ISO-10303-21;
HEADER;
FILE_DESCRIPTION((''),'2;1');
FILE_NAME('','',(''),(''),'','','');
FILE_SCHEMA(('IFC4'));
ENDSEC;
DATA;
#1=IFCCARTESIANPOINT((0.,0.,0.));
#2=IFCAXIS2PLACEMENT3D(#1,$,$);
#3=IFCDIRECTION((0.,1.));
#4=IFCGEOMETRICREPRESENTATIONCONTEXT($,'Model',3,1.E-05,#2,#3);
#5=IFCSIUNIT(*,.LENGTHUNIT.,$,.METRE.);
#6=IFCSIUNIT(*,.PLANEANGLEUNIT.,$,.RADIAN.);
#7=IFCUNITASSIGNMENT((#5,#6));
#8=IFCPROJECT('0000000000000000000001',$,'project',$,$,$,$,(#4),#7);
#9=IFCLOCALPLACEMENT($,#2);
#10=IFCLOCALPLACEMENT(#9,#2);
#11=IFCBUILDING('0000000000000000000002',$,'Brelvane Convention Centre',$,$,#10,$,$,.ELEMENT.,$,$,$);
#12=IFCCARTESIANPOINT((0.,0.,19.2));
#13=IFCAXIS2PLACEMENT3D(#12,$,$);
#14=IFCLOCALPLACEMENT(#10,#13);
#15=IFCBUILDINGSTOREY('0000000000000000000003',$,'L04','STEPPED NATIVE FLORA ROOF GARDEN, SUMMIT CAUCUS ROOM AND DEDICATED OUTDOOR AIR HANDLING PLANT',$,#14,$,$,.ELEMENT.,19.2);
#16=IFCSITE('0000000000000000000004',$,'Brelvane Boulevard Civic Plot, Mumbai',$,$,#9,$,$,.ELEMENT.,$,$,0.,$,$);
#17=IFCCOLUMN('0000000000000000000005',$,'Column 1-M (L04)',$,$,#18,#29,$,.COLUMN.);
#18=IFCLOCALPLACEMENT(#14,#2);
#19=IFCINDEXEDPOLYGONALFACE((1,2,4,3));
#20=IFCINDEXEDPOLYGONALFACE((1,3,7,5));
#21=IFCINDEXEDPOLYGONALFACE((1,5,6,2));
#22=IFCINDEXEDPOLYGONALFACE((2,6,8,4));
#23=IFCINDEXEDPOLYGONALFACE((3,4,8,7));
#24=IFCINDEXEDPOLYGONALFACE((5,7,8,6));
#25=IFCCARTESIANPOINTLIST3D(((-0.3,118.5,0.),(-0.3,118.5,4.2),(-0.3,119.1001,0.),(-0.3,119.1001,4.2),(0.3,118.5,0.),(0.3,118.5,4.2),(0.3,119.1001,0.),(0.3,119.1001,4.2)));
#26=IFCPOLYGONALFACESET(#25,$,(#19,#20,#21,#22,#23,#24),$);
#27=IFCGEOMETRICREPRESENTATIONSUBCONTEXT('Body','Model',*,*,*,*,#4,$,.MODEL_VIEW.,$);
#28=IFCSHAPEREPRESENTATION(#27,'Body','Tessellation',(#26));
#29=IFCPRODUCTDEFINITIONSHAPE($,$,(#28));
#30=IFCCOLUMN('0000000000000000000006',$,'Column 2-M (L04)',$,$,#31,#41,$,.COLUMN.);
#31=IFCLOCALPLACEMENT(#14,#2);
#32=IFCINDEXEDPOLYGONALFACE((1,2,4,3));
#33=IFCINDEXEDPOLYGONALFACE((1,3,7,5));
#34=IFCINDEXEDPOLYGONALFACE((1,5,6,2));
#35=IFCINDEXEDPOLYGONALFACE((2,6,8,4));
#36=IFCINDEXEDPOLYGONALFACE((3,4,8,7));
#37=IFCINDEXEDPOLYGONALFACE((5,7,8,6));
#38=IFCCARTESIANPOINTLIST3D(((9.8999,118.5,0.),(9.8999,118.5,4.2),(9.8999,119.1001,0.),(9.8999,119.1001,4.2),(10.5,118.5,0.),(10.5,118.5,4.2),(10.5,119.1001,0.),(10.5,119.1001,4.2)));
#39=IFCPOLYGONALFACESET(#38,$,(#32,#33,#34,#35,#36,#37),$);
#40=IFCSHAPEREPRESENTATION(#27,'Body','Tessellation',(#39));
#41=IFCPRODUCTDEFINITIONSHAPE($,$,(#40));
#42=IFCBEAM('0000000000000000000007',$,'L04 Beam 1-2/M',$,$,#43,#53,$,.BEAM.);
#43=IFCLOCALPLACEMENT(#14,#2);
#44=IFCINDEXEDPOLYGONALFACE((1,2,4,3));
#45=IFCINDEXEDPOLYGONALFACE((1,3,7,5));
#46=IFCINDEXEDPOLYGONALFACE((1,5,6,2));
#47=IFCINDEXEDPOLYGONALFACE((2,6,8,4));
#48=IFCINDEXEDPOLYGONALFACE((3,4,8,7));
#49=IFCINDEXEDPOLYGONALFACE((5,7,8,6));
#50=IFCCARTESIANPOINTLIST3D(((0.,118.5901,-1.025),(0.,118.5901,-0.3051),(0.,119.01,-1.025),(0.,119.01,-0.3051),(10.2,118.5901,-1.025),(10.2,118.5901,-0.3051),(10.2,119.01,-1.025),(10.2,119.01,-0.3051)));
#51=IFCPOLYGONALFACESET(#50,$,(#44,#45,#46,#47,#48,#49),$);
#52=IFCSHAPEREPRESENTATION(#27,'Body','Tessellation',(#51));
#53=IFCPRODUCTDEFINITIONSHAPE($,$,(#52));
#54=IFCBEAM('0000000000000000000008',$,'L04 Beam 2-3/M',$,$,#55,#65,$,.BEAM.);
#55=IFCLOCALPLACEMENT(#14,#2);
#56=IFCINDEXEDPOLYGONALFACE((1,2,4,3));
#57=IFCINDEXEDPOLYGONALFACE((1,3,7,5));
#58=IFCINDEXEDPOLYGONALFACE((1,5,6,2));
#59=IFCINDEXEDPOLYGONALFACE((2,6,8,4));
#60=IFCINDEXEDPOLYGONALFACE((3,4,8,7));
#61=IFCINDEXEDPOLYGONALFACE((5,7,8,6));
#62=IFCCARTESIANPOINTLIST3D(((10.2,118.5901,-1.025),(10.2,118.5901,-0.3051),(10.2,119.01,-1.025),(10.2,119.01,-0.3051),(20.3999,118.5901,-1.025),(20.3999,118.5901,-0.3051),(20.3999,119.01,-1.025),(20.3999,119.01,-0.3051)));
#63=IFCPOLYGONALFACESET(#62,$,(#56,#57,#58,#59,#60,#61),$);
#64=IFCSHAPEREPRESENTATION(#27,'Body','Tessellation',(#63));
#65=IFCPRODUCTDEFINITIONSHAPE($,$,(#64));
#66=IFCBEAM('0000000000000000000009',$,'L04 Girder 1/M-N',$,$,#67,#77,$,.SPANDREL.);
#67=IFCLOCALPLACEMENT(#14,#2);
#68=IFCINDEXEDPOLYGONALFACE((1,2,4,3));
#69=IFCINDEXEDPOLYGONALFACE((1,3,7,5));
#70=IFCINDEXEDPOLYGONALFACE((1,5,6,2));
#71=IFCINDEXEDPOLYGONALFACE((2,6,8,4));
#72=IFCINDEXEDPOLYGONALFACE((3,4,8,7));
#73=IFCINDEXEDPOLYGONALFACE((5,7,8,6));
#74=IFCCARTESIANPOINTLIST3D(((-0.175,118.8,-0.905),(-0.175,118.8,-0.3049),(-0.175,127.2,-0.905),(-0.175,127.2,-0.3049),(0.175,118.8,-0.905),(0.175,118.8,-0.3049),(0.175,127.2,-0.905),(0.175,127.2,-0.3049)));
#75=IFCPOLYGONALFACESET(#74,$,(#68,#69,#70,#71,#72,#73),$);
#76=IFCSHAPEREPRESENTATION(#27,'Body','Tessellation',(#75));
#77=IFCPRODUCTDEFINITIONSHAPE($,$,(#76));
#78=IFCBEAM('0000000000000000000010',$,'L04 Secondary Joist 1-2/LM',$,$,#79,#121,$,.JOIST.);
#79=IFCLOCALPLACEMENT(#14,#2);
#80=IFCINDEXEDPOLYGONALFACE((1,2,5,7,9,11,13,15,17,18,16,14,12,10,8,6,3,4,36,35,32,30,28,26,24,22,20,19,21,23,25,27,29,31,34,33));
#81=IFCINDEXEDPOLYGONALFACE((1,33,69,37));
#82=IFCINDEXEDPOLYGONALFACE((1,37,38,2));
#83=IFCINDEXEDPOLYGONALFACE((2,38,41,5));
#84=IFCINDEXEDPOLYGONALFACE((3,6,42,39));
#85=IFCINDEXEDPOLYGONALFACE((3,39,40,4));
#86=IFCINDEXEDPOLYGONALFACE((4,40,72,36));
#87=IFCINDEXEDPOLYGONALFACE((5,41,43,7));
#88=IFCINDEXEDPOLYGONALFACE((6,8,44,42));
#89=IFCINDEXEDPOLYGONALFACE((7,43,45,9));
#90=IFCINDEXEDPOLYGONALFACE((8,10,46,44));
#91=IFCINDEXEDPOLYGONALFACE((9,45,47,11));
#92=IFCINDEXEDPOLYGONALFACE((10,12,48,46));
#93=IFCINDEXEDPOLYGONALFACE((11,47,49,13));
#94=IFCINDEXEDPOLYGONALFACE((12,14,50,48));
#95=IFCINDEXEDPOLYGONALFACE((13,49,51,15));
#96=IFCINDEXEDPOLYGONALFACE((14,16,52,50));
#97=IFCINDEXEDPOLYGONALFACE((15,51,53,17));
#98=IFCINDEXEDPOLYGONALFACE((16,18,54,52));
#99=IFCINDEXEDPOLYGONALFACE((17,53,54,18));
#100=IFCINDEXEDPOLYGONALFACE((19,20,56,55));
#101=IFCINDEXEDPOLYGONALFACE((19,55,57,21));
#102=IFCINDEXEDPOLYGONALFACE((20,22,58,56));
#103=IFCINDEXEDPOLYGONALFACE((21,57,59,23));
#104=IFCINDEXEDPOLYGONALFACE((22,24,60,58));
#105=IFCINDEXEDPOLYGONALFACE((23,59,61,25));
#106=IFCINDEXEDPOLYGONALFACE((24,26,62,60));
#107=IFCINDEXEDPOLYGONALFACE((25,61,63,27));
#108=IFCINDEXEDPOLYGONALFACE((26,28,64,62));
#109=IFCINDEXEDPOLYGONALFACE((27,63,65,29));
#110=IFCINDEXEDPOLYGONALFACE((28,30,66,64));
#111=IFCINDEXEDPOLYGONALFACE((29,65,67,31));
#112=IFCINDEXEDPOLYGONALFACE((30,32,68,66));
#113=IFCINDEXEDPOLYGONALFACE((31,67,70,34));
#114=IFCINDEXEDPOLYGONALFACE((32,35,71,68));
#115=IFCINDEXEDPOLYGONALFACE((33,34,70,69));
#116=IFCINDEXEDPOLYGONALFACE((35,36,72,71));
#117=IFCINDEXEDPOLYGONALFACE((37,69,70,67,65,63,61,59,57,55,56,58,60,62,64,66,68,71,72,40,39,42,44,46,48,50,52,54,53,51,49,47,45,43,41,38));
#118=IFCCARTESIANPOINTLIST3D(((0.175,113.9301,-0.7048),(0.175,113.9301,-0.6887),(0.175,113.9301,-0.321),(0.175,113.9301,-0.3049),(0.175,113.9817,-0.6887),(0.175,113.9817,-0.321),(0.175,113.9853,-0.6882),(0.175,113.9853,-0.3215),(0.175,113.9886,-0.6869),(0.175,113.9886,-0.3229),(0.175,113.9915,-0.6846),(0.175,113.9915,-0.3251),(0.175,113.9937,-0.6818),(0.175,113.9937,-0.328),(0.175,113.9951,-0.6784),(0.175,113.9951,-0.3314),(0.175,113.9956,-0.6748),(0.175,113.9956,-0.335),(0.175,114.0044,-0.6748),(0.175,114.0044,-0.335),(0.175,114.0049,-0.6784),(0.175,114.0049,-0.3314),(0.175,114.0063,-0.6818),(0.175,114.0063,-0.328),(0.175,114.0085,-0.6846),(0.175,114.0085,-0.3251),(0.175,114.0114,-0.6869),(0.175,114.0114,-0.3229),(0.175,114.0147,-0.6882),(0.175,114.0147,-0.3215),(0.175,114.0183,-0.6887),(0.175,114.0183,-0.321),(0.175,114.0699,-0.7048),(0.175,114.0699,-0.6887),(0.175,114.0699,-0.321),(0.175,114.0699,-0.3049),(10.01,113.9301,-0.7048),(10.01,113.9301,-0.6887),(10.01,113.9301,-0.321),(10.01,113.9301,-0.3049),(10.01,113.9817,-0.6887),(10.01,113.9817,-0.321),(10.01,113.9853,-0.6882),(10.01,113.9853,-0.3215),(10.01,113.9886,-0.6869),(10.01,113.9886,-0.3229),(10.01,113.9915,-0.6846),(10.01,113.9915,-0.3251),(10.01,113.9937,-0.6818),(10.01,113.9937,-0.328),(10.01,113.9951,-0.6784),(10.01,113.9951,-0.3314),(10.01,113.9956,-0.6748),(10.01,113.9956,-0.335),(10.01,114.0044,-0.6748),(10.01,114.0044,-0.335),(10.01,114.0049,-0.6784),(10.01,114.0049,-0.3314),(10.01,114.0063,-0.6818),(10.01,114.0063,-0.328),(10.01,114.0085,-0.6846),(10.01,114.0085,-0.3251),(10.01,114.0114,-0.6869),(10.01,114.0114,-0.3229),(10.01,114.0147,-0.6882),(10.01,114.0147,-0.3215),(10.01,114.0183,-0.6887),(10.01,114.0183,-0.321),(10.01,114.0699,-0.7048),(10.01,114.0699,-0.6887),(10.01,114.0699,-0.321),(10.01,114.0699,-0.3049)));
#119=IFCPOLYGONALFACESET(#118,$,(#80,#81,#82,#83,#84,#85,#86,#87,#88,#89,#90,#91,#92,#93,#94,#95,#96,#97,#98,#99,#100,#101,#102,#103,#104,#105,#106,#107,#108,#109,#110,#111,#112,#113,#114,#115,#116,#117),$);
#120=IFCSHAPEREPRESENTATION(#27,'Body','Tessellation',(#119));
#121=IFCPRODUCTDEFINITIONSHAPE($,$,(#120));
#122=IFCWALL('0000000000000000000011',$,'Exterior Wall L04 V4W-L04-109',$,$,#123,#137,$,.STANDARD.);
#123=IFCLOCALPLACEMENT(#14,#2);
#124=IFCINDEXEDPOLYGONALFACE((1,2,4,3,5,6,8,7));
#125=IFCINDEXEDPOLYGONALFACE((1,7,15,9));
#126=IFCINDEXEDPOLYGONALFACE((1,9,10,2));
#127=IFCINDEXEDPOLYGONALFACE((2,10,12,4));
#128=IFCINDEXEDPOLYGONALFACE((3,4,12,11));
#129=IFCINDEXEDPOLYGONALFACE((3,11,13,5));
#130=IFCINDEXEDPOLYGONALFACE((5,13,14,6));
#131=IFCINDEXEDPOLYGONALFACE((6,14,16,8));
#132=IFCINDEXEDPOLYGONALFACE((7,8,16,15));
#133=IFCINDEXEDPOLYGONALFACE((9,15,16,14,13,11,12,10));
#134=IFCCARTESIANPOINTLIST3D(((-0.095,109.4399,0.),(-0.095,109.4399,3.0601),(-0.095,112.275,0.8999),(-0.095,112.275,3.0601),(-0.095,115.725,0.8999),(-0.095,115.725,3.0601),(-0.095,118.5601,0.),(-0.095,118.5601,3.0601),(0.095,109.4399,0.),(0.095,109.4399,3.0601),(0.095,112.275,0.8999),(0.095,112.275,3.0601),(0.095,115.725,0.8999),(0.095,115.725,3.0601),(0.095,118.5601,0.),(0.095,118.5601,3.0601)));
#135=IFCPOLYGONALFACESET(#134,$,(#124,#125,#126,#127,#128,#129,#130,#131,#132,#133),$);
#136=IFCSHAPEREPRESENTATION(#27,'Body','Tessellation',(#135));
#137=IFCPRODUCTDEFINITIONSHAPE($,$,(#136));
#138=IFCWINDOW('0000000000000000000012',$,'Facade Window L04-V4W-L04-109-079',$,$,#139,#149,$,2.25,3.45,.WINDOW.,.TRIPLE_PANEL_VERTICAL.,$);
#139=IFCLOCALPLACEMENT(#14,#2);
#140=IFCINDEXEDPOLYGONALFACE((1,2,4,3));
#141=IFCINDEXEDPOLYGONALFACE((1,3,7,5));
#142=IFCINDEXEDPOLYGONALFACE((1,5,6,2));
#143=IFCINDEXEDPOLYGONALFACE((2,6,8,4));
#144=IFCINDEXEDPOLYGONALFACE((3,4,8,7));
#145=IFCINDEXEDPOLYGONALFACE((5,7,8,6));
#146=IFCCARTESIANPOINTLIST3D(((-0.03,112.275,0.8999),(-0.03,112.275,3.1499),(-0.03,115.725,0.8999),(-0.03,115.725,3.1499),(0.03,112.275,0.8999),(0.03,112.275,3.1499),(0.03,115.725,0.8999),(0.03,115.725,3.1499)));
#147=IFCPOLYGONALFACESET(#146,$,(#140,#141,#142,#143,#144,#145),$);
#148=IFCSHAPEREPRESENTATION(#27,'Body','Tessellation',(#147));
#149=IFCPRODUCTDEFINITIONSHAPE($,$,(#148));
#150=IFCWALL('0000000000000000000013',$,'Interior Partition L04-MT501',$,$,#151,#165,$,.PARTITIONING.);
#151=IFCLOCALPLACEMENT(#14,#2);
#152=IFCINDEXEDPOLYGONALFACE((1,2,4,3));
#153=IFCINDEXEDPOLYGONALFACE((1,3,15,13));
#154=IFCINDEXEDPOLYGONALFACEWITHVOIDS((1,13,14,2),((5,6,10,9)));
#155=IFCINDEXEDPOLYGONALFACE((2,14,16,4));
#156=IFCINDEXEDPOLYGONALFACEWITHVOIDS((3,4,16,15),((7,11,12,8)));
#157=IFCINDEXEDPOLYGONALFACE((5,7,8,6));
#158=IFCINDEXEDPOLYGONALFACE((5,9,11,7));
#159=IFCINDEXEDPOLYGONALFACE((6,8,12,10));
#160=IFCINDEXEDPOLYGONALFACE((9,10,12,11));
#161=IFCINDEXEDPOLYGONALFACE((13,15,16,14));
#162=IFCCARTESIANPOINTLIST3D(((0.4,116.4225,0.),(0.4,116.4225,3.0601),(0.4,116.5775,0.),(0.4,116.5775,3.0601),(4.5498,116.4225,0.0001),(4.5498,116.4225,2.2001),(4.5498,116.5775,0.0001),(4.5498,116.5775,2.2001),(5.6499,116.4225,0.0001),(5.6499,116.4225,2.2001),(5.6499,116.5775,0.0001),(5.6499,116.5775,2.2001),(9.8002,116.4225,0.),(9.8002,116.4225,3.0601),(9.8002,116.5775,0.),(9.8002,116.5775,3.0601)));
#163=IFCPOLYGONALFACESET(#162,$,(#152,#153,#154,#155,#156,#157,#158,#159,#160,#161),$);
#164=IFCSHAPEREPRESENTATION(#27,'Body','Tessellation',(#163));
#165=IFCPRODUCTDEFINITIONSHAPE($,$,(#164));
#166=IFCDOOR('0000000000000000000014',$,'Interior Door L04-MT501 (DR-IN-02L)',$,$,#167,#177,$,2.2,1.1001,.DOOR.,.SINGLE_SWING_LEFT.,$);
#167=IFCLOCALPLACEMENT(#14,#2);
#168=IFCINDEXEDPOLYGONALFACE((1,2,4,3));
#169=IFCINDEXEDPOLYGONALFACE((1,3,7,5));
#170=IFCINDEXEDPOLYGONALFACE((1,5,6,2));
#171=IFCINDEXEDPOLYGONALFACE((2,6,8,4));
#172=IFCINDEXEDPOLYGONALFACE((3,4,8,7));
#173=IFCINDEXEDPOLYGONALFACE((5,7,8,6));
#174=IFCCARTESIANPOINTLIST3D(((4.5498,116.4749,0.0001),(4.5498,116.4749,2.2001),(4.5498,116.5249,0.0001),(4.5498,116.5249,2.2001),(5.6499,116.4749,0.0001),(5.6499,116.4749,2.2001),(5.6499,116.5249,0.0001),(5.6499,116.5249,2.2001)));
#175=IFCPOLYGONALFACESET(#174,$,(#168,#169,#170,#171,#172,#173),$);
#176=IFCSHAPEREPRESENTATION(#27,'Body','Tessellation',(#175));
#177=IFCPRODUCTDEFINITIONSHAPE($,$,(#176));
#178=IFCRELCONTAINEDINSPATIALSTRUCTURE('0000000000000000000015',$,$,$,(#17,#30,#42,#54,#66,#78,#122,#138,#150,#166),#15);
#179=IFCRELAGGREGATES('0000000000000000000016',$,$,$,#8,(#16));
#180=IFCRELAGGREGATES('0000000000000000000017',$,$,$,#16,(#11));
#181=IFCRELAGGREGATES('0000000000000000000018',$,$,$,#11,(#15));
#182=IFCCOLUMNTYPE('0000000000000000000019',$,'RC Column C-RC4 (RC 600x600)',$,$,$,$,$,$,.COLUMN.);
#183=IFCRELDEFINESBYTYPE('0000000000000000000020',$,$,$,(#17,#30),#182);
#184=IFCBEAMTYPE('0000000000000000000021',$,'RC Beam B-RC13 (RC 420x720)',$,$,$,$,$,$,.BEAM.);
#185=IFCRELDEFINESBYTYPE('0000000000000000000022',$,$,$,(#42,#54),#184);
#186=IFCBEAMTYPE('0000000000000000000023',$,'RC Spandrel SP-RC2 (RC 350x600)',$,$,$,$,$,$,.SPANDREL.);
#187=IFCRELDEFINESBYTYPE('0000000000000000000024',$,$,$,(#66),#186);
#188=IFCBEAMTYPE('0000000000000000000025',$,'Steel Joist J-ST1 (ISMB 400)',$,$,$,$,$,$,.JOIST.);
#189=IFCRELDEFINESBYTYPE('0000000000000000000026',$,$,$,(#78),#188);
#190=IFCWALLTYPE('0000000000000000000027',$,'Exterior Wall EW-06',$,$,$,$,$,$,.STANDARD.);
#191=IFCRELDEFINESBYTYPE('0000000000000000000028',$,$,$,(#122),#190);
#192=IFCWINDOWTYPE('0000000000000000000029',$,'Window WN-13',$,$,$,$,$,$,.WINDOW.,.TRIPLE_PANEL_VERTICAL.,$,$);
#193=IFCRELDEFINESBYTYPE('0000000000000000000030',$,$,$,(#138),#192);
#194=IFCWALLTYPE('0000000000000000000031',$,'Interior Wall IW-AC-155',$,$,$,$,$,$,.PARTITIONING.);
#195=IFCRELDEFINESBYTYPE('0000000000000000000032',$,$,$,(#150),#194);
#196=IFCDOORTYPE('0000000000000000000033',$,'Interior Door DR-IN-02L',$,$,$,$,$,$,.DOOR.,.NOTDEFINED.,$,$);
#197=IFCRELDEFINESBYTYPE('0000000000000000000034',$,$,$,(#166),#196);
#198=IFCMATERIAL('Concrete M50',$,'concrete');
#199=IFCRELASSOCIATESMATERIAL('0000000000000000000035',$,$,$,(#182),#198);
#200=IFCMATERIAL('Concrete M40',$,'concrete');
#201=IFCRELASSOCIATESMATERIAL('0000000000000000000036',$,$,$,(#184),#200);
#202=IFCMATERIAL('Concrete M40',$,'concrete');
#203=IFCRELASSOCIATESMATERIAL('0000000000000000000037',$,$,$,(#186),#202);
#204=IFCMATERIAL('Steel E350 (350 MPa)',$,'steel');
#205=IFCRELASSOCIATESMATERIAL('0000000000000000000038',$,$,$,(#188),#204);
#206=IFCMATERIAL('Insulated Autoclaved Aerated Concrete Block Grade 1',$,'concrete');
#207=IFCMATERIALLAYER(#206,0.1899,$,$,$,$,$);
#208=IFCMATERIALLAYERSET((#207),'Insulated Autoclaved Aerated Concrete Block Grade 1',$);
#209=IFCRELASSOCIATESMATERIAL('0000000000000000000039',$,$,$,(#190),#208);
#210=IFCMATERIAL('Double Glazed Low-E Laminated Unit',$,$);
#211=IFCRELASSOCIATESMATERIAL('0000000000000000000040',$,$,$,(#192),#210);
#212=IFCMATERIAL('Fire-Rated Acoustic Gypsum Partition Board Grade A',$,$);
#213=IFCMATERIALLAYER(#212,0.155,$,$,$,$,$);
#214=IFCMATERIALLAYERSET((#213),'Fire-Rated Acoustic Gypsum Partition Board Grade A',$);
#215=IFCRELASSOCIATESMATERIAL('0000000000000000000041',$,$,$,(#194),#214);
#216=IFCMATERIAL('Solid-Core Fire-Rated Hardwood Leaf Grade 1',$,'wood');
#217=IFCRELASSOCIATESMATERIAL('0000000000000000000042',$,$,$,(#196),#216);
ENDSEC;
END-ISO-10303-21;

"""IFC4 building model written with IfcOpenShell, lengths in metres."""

from ifc_helpers import new_model, si_unit, direction, frame, frame_2d, origin, origin_2d, place, context, subcontext, project, spatial, rectangle, i_section, extrude, material, layer, layer_set, material_profile, profile_set, type_object, element, fill, save


model = new_model("IFC4")

# Units and contexts
model_context = context("Model", 3, precision=1e-05, world=origin(), true_north=direction((0.0, 1.0)))
body_context = subcontext(model_context, "Body", "Model", "MODEL_VIEW")
ifc_project = project(units=[si_unit("LENGTHUNIT", "METRE"), si_unit("PLANEANGLEUNIT", "RADIAN")], contexts=[model_context])

# Site, building, storey
site_placement = place(None, origin())
site = spatial("IfcSite", under=ifc_project, at=site_placement, Name="Brelvane Boulevard Civic Plot, Mumbai", CompositionType="ELEMENT", RefElevation=0.0)
building_placement = place(site_placement, origin())
building = spatial("IfcBuilding", under=site, at=building_placement, Name="Brelvane Convention Centre", CompositionType="ELEMENT")
storey_placement = place(building_placement, frame((0.0, 0.0, 19.2)))
storey = spatial("IfcBuildingStorey", under=building, at=storey_placement, Name="L04", Description="STEPPED NATIVE FLORA ROOF GARDEN, SUMMIT CAUCUS ROOM AND DEDICATED OUTDOOR AIR HANDLING PLANT", CompositionType="ELEMENT", Elevation=19.2)

# Columns
ifc_material_1 = material(Name="Concrete M50", Category="concrete")
ifc_material_profile_1 = material_profile(ifc_material_1, rectangle(XDim=0.6001, YDim=0.6001, at=origin_2d()), Name="RC 600x600")
ifc_profile_set_1 = profile_set([ifc_material_profile_1], Name="Concrete M50")
column_type = type_object("IfcColumnType", Name="RC Column C-RC4 (RC 600x600)", PredefinedType="COLUMN", material=ifc_profile_set_1)
for number, where, z_axis, x_axis, name in (
    (1, (0.0, 118.8, 0.0), (0.0, 0.0, 1.0), (1.0, 0.0, 0.0), "Column 1-M (L04)"),
    (2, (10.2, 118.8, 0.0), (0.0, 0.0, 1.0), (1.0, 0.0, 0.0), "Column 2-M (L04)"),
):
    element("IfcColumn", number, at=place(storey_placement, frame(where, z_axis=z_axis, x_axis=x_axis)), inside=storey, type_object=column_type, Name=name, PredefinedType="COLUMN", context=body_context, shape_type="SweptSolid", body=[
        extrude(rectangle(XDim=0.6001, YDim=0.6001, at=origin_2d()), origin(), (0.0, 0.0, 1.0), 4.2),
    ])

# Beams
ifc_material_2 = material(Name="Concrete M40", Category="concrete")
ifc_material_profile_2 = material_profile(ifc_material_2, rectangle(XDim=0.4199, YDim=0.72, at=origin_2d()), Name="RC 420x720")
ifc_profile_set_2 = profile_set([ifc_material_profile_2], Name="Concrete M40")
beam_type_1 = type_object("IfcBeamType", Name="RC Beam B-RC13 (RC 420x720)", PredefinedType="BEAM", material=ifc_profile_set_2)
for number, where, z_axis, x_axis, name in (
    (3, (0.0, 118.8, -0.665), (1.0, 0.0, 0.0), (0.0, 1.0, 0.0), "L04 Beam 1-2/M"),
    (4, (10.2, 118.8, -0.665), (1.0, 0.0, 0.0), (0.0, 1.0, 0.0), "L04 Beam 2-3/M"),
):
    element("IfcBeam", number, at=place(storey_placement, frame(where, z_axis=z_axis, x_axis=x_axis)), inside=storey, type_object=beam_type_1, Name=name, PredefinedType="BEAM", context=body_context, shape_type="SweptSolid", body=[
        extrude(rectangle(XDim=0.4199, YDim=0.72, at=origin_2d()), origin(), (0.0, 0.0, 1.0), 10.2),
    ])
ifc_material_3 = material(Name="Concrete M40", Category="concrete")
ifc_material_profile_3 = material_profile(ifc_material_3, rectangle(XDim=0.3501, YDim=0.6001, at=origin_2d()), Name="RC 350x600")
ifc_profile_set_3 = profile_set([ifc_material_profile_3], Name="Concrete M40")
beam_type_2 = type_object("IfcBeamType", Name="RC Spandrel SP-RC2 (RC 350x600)", PredefinedType="SPANDREL", material=ifc_profile_set_3)
beam_1_placement = place(storey_placement, frame((0.0, 118.8, -0.605), z_axis=(0.0, 1.0, 0.0), x_axis=(-1.0, 0.0, 0.0)))
element("IfcBeam", 5, at=beam_1_placement, inside=storey, type_object=beam_type_2, Name="L04 Girder 1/M-N", PredefinedType="SPANDREL", context=body_context, shape_type="SweptSolid", body=[
    extrude(rectangle(XDim=0.3501, YDim=0.6001, at=origin_2d()), origin(), (0.0, 0.0, 1.0), 8.3999),
])
ifc_material_4 = material(Name="Steel E350 (350 MPa)", Category="steel")
ifc_material_profile_4 = material_profile(ifc_material_4, i_section(OverallWidth=0.1399, OverallDepth=0.3999, WebThickness=0.0088, FlangeThickness=0.0161, FilletRadius=0.0139, at=origin_2d()), Name="ISMB 400")
ifc_profile_set_4 = profile_set([ifc_material_profile_4], Name="Steel E350 (350 MPa)")
beam_type_3 = type_object("IfcBeamType", Name="Steel Joist J-ST1 (ISMB 400)", PredefinedType="JOIST", material=ifc_profile_set_4)
beam_2_placement = place(storey_placement, frame((0.175, 114.0, -0.5049), z_axis=(1.0, 0.0, 0.0), x_axis=(0.0, 1.0, 0.0)))
element("IfcBeam", 6, at=beam_2_placement, inside=storey, type_object=beam_type_3, Name="L04 Secondary Joist 1-2/LM", PredefinedType="JOIST", context=body_context, shape_type="SweptSolid", body=[
    extrude(i_section(OverallWidth=0.1399, OverallDepth=0.3999, WebThickness=0.0088, FlangeThickness=0.0161, FilletRadius=0.0139, at=origin_2d()), origin(), (0.0, 0.0, 1.0), 9.835),
])

# Wall, opening, window
ifc_material_5 = material(Name="Insulated Autoclaved Aerated Concrete Block Grade 1", Category="concrete")
ifc_layer_1 = layer(ifc_material_5, 0.1899)
ifc_layer_set_1 = layer_set([ifc_layer_1], Name="Insulated Autoclaved Aerated Concrete Block Grade 1")
wall_type_1 = type_object("IfcWallType", Name="Exterior Wall EW-06", PredefinedType="STANDARD", material=ifc_layer_set_1)
wall_1_placement = place(storey_placement, frame((0.0, 109.4399, 0.0), z_axis=(0.0, 0.0, 1.0), x_axis=(0.0, 1.0, 0.0)))
wall_1 = element("IfcWall", 7, at=wall_1_placement, inside=storey, type_object=wall_type_1, Name="Exterior Wall L04 V4W-L04-109", PredefinedType="STANDARD", context=body_context, shape_type="SweptSolid", body=[
    extrude(rectangle(XDim=9.1201, YDim=0.1899, at=frame_2d((4.5601, 0.0))), origin(), (0.0, 0.0, 1.0), 3.0601),
])
opening_1_placement = place(wall_1_placement, frame((2.835, 0.0, 0.8999)))
opening_1 = element("IfcOpeningElement", 8, at=opening_1_placement, cuts=wall_1, PredefinedType="OPENING", context=body_context, shape_type="SweptSolid", body=[
    extrude(rectangle(XDim=3.45, YDim=2.25, at=frame_2d((1.7251, 1.125))), frame((0.0, 0.105, 0.0), z_axis=(0.0, -1.0, 0.0), x_axis=(1.0, 0.0, 0.0)), (0.0, 0.0, 1.0), 0.21),
])
ifc_material_6 = material(Name="Double Glazed Low-E Laminated Unit")
window_type = type_object("IfcWindowType", Name="Window WN-13", PartitioningType="TRIPLE_PANEL_VERTICAL", PredefinedType="WINDOW", material=ifc_material_6)
window_placement = place(opening_1_placement, origin())
window = element("IfcWindow", 9, at=window_placement, inside=storey, type_object=window_type, Name="Facade Window L04-V4W-L04-109-079", OverallHeight=2.25, OverallWidth=3.45, PartitioningType="TRIPLE_PANEL_VERTICAL", PredefinedType="WINDOW", context=body_context, shape_type="SweptSolid", body=[
    extrude(rectangle(XDim=3.45, YDim=2.25, at=frame_2d((1.7251, 1.125))), frame((0.0, 0.03, 0.0), z_axis=(0.0, -1.0, 0.0), x_axis=(1.0, 0.0, 0.0)), (0.0, 0.0, 1.0), 0.0601),
])
fill(opening_1, window)

# Wall, opening, door
ifc_material_7 = material(Name="Fire-Rated Acoustic Gypsum Partition Board Grade A")
ifc_layer_2 = layer(ifc_material_7, 0.155)
ifc_layer_set_2 = layer_set([ifc_layer_2], Name="Fire-Rated Acoustic Gypsum Partition Board Grade A")
wall_type_2 = type_object("IfcWallType", Name="Interior Wall IW-AC-155", PredefinedType="PARTITIONING", material=ifc_layer_set_2)
wall_2_placement = place(storey_placement, frame((0.3999, 116.5, 0.0), z_axis=(0.0, 0.0, 1.0), x_axis=(1.0, 0.0, 0.0)))
wall_2 = element("IfcWall", 10, at=wall_2_placement, inside=storey, type_object=wall_type_2, Name="Interior Partition L04-MT501", PredefinedType="PARTITIONING", context=body_context, shape_type="SweptSolid", body=[
    extrude(rectangle(XDim=9.4001, YDim=0.155, at=frame_2d((4.7002, 0.0))), origin(), (0.0, 0.0, 1.0), 3.0601),
])
opening_2_placement = place(wall_2_placement, frame((4.1499, 0.0, 0.0)))
opening_2 = element("IfcOpeningElement", 11, at=opening_2_placement, cuts=wall_2, PredefinedType="OPENING", context=body_context, shape_type="SweptSolid", body=[
    extrude(rectangle(XDim=1.1001, YDim=2.2, at=frame_2d((0.55, 1.1001))), frame((0.0, 0.0874, 0.0), z_axis=(0.0, -1.0, 0.0), x_axis=(1.0, 0.0, 0.0)), (0.0, 0.0, 1.0), 0.175),
])
ifc_material_8 = material(Name="Solid-Core Fire-Rated Hardwood Leaf Grade 1", Category="wood")
door_type_1 = type_object("IfcDoorType", Name="Interior Door DR-IN-02L", OperationType="NOTDEFINED", PredefinedType="DOOR", material=ifc_material_8)
door_1_placement = place(opening_2_placement, origin())
door_1 = element("IfcDoor", 12, at=door_1_placement, inside=storey, type_object=door_type_1, Name="Interior Door L04-MT501 (DR-IN-02L)", OperationType="SINGLE_SWING_LEFT", OverallHeight=2.2, OverallWidth=1.1001, PredefinedType="DOOR", context=body_context, shape_type="SweptSolid", body=[
    extrude(rectangle(XDim=1.1001, YDim=2.2, at=frame_2d((0.55, 1.1001))), frame((0.0, 0.0249, 0.0), z_axis=(0.0, -1.0, 0.0), x_axis=(1.0, 0.0, 0.0)), (0.0, 0.0, 1.0), 0.05),
])
fill(opening_2, door_1)

save(model, "model.ifc")
